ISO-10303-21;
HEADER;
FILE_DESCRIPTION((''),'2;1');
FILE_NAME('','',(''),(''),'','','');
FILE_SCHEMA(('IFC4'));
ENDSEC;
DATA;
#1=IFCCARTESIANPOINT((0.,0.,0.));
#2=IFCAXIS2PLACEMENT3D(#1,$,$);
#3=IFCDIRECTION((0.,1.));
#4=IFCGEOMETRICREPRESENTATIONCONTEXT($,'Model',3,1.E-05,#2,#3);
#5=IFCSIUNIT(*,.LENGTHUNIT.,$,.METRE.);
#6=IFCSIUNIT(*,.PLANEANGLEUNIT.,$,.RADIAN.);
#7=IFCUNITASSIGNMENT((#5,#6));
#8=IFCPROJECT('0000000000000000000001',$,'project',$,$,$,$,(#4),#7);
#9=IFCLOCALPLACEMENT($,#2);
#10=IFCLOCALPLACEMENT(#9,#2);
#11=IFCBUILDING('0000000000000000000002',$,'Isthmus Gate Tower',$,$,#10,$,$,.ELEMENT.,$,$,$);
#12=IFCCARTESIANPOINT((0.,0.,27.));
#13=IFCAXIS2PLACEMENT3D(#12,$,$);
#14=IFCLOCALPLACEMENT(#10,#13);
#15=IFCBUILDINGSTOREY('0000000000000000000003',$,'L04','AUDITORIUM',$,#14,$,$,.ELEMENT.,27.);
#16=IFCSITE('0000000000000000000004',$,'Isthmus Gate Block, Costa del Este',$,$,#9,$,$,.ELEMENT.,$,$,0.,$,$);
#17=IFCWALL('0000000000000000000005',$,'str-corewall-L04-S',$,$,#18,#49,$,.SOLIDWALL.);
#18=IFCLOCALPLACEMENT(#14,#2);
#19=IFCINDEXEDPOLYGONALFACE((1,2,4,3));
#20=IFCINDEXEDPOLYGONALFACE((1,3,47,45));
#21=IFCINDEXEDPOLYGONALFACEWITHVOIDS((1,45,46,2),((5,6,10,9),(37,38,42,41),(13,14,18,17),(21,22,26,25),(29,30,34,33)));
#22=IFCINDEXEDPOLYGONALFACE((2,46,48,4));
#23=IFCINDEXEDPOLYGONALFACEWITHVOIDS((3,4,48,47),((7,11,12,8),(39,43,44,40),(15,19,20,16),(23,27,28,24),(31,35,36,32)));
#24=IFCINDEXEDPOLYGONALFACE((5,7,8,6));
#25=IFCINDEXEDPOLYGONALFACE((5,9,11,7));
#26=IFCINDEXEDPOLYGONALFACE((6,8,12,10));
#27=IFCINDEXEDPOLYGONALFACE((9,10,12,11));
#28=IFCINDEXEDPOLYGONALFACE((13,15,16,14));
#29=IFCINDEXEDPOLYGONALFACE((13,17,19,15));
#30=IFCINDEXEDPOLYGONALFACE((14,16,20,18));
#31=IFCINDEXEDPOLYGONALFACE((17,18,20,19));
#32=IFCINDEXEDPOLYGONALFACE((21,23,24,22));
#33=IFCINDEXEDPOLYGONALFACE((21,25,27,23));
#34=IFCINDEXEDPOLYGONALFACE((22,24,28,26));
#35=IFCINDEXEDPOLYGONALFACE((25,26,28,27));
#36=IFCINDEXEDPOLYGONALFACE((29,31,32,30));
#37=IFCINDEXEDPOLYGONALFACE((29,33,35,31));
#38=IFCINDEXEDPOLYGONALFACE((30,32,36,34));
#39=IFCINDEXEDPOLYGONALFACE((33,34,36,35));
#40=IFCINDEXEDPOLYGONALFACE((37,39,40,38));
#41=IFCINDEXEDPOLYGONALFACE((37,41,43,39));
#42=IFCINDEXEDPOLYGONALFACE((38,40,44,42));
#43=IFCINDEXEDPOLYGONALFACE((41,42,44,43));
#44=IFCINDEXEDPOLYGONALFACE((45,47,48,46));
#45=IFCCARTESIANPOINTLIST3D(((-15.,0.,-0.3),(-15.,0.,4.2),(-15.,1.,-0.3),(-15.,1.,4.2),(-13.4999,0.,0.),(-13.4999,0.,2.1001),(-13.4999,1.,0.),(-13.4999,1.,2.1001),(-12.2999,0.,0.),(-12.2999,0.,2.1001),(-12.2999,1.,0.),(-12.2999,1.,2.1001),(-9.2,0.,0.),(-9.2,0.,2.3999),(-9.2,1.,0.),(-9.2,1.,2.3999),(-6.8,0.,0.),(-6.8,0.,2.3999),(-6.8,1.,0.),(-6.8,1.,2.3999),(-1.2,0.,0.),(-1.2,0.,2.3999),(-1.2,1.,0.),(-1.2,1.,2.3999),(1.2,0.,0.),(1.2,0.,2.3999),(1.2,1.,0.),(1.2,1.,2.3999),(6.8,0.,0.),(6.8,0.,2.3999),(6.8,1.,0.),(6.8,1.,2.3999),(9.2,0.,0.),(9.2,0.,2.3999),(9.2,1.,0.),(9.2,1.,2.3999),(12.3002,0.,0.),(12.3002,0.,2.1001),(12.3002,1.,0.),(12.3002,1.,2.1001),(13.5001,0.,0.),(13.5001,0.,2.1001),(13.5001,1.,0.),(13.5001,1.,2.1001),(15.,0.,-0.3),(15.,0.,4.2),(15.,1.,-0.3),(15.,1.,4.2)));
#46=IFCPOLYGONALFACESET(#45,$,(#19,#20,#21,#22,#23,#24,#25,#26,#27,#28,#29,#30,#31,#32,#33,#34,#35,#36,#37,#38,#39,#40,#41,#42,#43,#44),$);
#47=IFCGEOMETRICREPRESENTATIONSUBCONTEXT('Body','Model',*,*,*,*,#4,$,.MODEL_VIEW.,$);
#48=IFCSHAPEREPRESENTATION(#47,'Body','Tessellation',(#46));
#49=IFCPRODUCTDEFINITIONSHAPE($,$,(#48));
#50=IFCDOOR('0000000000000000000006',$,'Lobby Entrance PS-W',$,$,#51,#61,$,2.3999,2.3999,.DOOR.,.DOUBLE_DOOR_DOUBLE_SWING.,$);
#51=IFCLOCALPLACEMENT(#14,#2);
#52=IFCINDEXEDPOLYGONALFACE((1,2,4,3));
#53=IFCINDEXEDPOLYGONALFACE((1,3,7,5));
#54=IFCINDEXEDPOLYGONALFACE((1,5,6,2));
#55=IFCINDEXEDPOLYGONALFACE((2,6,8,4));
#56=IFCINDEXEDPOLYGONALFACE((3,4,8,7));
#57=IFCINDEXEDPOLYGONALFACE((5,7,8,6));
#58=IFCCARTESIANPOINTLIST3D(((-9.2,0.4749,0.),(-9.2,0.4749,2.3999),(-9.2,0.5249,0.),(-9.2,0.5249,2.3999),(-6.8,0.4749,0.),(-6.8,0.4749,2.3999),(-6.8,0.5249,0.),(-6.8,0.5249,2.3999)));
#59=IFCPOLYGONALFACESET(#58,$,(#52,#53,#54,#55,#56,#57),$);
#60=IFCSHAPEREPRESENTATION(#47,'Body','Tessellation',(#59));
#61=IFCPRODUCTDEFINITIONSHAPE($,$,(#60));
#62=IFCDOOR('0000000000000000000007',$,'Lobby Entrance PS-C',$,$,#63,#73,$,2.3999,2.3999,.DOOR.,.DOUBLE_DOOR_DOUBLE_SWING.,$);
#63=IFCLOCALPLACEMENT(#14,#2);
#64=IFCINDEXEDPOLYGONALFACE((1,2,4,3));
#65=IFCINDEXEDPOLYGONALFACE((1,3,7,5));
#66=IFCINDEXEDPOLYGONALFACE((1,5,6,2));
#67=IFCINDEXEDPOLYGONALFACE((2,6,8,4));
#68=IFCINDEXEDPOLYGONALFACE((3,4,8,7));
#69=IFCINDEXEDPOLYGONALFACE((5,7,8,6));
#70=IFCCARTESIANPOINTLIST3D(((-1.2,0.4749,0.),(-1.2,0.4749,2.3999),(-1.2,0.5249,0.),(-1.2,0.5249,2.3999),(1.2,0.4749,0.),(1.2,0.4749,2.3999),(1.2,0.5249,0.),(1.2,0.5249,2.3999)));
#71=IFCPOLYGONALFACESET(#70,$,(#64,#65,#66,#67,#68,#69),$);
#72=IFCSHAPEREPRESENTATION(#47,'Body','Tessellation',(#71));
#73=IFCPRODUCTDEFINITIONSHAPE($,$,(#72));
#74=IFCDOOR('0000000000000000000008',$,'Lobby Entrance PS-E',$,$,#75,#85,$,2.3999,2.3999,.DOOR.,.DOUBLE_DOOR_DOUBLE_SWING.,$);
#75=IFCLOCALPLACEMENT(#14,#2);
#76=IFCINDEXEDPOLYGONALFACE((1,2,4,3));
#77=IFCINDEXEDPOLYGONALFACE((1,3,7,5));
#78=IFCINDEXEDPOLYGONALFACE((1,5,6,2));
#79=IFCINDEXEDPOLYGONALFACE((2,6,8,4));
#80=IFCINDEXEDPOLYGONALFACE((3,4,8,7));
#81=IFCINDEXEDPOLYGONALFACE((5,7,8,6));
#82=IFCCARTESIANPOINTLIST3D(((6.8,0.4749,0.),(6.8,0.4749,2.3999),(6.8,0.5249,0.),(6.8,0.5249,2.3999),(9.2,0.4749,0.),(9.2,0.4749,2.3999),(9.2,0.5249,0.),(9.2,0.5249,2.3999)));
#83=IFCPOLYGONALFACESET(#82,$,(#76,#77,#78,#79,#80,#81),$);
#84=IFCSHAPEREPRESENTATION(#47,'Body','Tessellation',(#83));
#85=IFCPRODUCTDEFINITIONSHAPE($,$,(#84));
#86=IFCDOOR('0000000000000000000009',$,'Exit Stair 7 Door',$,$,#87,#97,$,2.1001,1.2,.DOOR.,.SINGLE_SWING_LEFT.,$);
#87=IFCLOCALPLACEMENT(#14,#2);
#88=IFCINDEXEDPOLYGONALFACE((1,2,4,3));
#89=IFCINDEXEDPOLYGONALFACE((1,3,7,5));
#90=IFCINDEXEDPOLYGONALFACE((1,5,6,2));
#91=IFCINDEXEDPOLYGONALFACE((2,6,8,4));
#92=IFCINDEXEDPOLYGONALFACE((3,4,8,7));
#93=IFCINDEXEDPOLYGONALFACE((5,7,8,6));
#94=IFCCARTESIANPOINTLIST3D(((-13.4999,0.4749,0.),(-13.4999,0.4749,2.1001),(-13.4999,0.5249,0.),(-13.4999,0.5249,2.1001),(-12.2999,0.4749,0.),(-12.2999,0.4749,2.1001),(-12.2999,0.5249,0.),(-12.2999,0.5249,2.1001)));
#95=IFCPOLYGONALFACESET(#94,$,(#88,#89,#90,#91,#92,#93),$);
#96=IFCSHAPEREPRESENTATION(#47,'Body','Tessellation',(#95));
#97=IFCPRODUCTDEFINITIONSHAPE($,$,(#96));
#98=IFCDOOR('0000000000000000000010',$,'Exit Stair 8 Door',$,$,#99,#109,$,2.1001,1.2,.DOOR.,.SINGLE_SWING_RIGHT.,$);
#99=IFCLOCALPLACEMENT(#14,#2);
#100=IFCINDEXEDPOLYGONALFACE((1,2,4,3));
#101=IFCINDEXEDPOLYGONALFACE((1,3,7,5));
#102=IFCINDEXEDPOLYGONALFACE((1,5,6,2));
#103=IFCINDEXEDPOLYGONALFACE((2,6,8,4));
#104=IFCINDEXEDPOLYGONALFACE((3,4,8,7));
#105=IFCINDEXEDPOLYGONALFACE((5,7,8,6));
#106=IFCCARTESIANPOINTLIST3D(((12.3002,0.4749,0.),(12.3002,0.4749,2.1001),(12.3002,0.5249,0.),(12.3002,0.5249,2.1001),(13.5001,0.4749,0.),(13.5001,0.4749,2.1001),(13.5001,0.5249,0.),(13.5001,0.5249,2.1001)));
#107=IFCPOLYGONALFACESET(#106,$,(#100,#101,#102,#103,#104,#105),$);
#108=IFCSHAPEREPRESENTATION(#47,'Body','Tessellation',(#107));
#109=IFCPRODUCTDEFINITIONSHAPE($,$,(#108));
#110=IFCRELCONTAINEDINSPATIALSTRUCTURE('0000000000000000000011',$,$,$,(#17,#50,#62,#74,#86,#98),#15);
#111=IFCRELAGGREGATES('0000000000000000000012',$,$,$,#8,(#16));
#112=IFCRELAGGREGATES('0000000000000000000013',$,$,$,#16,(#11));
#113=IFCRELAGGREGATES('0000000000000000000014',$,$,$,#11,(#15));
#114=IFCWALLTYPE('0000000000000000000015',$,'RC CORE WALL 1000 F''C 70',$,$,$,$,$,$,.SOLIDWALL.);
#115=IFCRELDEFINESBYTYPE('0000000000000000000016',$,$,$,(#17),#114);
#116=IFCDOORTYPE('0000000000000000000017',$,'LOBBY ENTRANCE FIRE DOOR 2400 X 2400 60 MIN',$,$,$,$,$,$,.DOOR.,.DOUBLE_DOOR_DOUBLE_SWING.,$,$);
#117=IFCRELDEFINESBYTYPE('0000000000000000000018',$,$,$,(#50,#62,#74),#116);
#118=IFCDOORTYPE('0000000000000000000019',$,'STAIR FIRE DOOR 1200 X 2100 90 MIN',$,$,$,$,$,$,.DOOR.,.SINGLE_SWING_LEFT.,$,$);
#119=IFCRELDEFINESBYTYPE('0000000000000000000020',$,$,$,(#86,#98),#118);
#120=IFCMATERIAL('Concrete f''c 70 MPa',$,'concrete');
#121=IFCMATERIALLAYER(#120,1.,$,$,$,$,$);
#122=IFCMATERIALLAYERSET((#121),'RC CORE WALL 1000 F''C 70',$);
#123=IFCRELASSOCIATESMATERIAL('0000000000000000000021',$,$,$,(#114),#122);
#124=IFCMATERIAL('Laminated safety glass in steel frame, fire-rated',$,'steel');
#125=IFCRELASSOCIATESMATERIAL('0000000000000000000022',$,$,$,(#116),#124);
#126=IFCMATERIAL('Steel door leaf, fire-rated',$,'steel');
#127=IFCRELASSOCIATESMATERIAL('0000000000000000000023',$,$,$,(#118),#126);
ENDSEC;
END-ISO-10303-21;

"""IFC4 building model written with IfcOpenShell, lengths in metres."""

from ifc_helpers import new_model, si_unit, direction, frame, frame_2d, origin, place, context, subcontext, project, spatial, rectangle, extrude, material, layer, layer_set, type_object, element, fill, save


model = new_model("IFC4")

# Units and contexts
model_context = context("Model", 3, precision=1e-05, world=origin(), true_north=direction((0.0, 1.0)))
body_context = subcontext(model_context, "Body", "Model", "MODEL_VIEW")
ifc_project = project(units=[si_unit("LENGTHUNIT", "METRE"), si_unit("PLANEANGLEUNIT", "RADIAN")], contexts=[model_context])

# Site, building, storey
site_placement = place(None, origin())
site = spatial("IfcSite", under=ifc_project, at=site_placement, Name="Isthmus Gate Block, Costa del Este", CompositionType="ELEMENT", RefElevation=0.0)
building_placement = place(site_placement, origin())
building = spatial("IfcBuilding", under=site, at=building_placement, Name="Isthmus Gate Tower", CompositionType="ELEMENT")
storey_placement = place(building_placement, frame((0.0, 0.0, 27.0)))
storey = spatial("IfcBuildingStorey", under=building, at=storey_placement, Name="L04", Description="AUDITORIUM", CompositionType="ELEMENT", Elevation=27.0)

# Wall, openings, doors
ifc_material_1 = material(Name="Concrete f'c 70 MPa", Category="concrete")
ifc_layer_1 = layer(ifc_material_1, 1.0)
ifc_layer_set_1 = layer_set([ifc_layer_1], Name="RC CORE WALL 1000 F'C 70")
wall_type_1 = type_object("IfcWallType", Name="RC CORE WALL 1000 F'C 70", PredefinedType="SOLIDWALL", material=ifc_layer_set_1)
wall_1_placement = place(storey_placement, frame((-15.0, 0.5, -0.3), z_axis=(0.0, 0.0, 1.0), x_axis=(1.0, 0.0, 0.0)))
wall_1 = element("IfcWall", 1, at=wall_1_placement, inside=storey, type_object=wall_type_1, Name="str-corewall-L04-S", PredefinedType="SOLIDWALL", context=body_context, shape_type="SweptSolid", body=[
    extrude(rectangle(XDim=30.0, YDim=1.0, at=frame_2d((15.0, 0.0))), origin(), (0.0, 0.0, 1.0), 4.5),
])
opening_1_placement = place(wall_1_placement, frame((5.8, 0.0, 0.3)))
opening_1 = element("IfcOpeningElement", 2, at=opening_1_placement, cuts=wall_1, PredefinedType="OPENING", context=body_context, shape_type="SweptSolid", body=[
    extrude(rectangle(XDim=2.3999, YDim=2.3999, at=frame_2d((1.2, 1.2))), frame((0.0, 0.51, 0.0), z_axis=(0.0, -1.0, 0.0), x_axis=(1.0, 0.0, 0.0)), (0.0, 0.0, 1.0), 1.02),
])
opening_2_placement = place(wall_1_placement, frame((13.8, 0.0, 0.3)))
opening_2 = element("IfcOpeningElement", 3, at=opening_2_placement, cuts=wall_1, PredefinedType="OPENING", context=body_context, shape_type="SweptSolid", body=[
    extrude(rectangle(XDim=2.3999, YDim=2.3999, at=frame_2d((1.2, 1.2))), frame((0.0, 0.51, 0.0), z_axis=(0.0, -1.0, 0.0), x_axis=(1.0, 0.0, 0.0)), (0.0, 0.0, 1.0), 1.02),
])
opening_3_placement = place(wall_1_placement, frame((21.8, 0.0, 0.3)))
opening_3 = element("IfcOpeningElement", 4, at=opening_3_placement, cuts=wall_1, PredefinedType="OPENING", context=body_context, shape_type="SweptSolid", body=[
    extrude(rectangle(XDim=2.3999, YDim=2.3999, at=frame_2d((1.2, 1.2))), frame((0.0, 0.51, 0.0), z_axis=(0.0, -1.0, 0.0), x_axis=(1.0, 0.0, 0.0)), (0.0, 0.0, 1.0), 1.02),
])
opening_4_placement = place(wall_1_placement, frame((1.5, 0.0, 0.3)))
opening_4 = element("IfcOpeningElement", 5, at=opening_4_placement, cuts=wall_1, PredefinedType="OPENING", context=body_context, shape_type="SweptSolid", body=[
    extrude(rectangle(XDim=1.2, YDim=2.1001, at=frame_2d((0.6001, 1.05))), frame((0.0, 0.51, 0.0), z_axis=(0.0, -1.0, 0.0), x_axis=(1.0, 0.0, 0.0)), (0.0, 0.0, 1.0), 1.02),
])
opening_5_placement = place(wall_1_placement, frame((27.3, 0.0, 0.3)))
opening_5 = element("IfcOpeningElement", 6, at=opening_5_placement, cuts=wall_1, PredefinedType="OPENING", context=body_context, shape_type="SweptSolid", body=[
    extrude(rectangle(XDim=1.2, YDim=2.1001, at=frame_2d((0.6001, 1.05))), frame((0.0, 0.51, 0.0), z_axis=(0.0, -1.0, 0.0), x_axis=(1.0, 0.0, 0.0)), (0.0, 0.0, 1.0), 1.02),
])
ifc_material_2 = material(Name="Laminated safety glass in steel frame, fire-rated", Category="steel")
door_type_1 = type_object("IfcDoorType", Name="LOBBY ENTRANCE FIRE DOOR 2400 X 2400 60 MIN", OperationType="DOUBLE_DOOR_DOUBLE_SWING", PredefinedType="DOOR", material=ifc_material_2)
door_1_placement = place(opening_1_placement, origin())
door_1 = element("IfcDoor", 7, at=door_1_placement, inside=storey, type_object=door_type_1, Name="Lobby Entrance PS-W", OperationType="DOUBLE_DOOR_DOUBLE_SWING", OverallHeight=2.3999, OverallWidth=2.3999, PredefinedType="DOOR", context=body_context, shape_type="SweptSolid", body=[
    extrude(rectangle(XDim=2.3999, YDim=2.3999, at=frame_2d((1.2, 1.2))), frame((0.0, 0.0249, 0.0), z_axis=(0.0, -1.0, 0.0), x_axis=(1.0, 0.0, 0.0)), (0.0, 0.0, 1.0), 0.05),
])
fill(opening_1, door_1)
door_2_placement = place(opening_2_placement, origin())
door_2 = element("IfcDoor", 8, at=door_2_placement, inside=storey, type_object=door_type_1, Name="Lobby Entrance PS-C", OperationType="DOUBLE_DOOR_DOUBLE_SWING", OverallHeight=2.3999, OverallWidth=2.3999, PredefinedType="DOOR", context=body_context, shape_type="SweptSolid", body=[
    extrude(rectangle(XDim=2.3999, YDim=2.3999, at=frame_2d((1.2, 1.2))), frame((0.0, 0.0249, 0.0), z_axis=(0.0, -1.0, 0.0), x_axis=(1.0, 0.0, 0.0)), (0.0, 0.0, 1.0), 0.05),
])
fill(opening_2, door_2)
door_3_placement = place(opening_3_placement, origin())
door_3 = element("IfcDoor", 9, at=door_3_placement, inside=storey, type_object=door_type_1, Name="Lobby Entrance PS-E", OperationType="DOUBLE_DOOR_DOUBLE_SWING", OverallHeight=2.3999, OverallWidth=2.3999, PredefinedType="DOOR", context=body_context, shape_type="SweptSolid", body=[
    extrude(rectangle(XDim=2.3999, YDim=2.3999, at=frame_2d((1.2, 1.2))), frame((0.0, 0.0249, 0.0), z_axis=(0.0, -1.0, 0.0), x_axis=(1.0, 0.0, 0.0)), (0.0, 0.0, 1.0), 0.05),
])
fill(opening_3, door_3)
ifc_material_3 = material(Name="Steel door leaf, fire-rated", Category="steel")
door_type_2 = type_object("IfcDoorType", Name="STAIR FIRE DOOR 1200 X 2100 90 MIN", OperationType="SINGLE_SWING_LEFT", PredefinedType="DOOR", material=ifc_material_3)
door_4_placement = place(opening_4_placement, origin())
door_4 = element("IfcDoor", 10, at=door_4_placement, inside=storey, type_object=door_type_2, Name="Exit Stair 7 Door", OperationType="SINGLE_SWING_LEFT", OverallHeight=2.1001, OverallWidth=1.2, PredefinedType="DOOR", context=body_context, shape_type="SweptSolid", body=[
    extrude(rectangle(XDim=1.2, YDim=2.1001, at=frame_2d((0.6001, 1.05))), frame((0.0, 0.0249, 0.0), z_axis=(0.0, -1.0, 0.0), x_axis=(1.0, 0.0, 0.0)), (0.0, 0.0, 1.0), 0.05),
])
fill(opening_4, door_4)
door_5_placement = place(opening_5_placement, origin())
door_5 = element("IfcDoor", 11, at=door_5_placement, inside=storey, type_object=door_type_2, Name="Exit Stair 8 Door", OperationType="SINGLE_SWING_RIGHT", OverallHeight=2.1001, OverallWidth=1.2, PredefinedType="DOOR", context=body_context, shape_type="SweptSolid", body=[
    extrude(rectangle(XDim=1.2, YDim=2.1001, at=frame_2d((0.6001, 1.05))), frame((0.0, 0.0249, 0.0), z_axis=(0.0, -1.0, 0.0), x_axis=(1.0, 0.0, 0.0)), (0.0, 0.0, 1.0), 0.05),
])
fill(opening_5, door_5)

save(model, "model.ifc")
